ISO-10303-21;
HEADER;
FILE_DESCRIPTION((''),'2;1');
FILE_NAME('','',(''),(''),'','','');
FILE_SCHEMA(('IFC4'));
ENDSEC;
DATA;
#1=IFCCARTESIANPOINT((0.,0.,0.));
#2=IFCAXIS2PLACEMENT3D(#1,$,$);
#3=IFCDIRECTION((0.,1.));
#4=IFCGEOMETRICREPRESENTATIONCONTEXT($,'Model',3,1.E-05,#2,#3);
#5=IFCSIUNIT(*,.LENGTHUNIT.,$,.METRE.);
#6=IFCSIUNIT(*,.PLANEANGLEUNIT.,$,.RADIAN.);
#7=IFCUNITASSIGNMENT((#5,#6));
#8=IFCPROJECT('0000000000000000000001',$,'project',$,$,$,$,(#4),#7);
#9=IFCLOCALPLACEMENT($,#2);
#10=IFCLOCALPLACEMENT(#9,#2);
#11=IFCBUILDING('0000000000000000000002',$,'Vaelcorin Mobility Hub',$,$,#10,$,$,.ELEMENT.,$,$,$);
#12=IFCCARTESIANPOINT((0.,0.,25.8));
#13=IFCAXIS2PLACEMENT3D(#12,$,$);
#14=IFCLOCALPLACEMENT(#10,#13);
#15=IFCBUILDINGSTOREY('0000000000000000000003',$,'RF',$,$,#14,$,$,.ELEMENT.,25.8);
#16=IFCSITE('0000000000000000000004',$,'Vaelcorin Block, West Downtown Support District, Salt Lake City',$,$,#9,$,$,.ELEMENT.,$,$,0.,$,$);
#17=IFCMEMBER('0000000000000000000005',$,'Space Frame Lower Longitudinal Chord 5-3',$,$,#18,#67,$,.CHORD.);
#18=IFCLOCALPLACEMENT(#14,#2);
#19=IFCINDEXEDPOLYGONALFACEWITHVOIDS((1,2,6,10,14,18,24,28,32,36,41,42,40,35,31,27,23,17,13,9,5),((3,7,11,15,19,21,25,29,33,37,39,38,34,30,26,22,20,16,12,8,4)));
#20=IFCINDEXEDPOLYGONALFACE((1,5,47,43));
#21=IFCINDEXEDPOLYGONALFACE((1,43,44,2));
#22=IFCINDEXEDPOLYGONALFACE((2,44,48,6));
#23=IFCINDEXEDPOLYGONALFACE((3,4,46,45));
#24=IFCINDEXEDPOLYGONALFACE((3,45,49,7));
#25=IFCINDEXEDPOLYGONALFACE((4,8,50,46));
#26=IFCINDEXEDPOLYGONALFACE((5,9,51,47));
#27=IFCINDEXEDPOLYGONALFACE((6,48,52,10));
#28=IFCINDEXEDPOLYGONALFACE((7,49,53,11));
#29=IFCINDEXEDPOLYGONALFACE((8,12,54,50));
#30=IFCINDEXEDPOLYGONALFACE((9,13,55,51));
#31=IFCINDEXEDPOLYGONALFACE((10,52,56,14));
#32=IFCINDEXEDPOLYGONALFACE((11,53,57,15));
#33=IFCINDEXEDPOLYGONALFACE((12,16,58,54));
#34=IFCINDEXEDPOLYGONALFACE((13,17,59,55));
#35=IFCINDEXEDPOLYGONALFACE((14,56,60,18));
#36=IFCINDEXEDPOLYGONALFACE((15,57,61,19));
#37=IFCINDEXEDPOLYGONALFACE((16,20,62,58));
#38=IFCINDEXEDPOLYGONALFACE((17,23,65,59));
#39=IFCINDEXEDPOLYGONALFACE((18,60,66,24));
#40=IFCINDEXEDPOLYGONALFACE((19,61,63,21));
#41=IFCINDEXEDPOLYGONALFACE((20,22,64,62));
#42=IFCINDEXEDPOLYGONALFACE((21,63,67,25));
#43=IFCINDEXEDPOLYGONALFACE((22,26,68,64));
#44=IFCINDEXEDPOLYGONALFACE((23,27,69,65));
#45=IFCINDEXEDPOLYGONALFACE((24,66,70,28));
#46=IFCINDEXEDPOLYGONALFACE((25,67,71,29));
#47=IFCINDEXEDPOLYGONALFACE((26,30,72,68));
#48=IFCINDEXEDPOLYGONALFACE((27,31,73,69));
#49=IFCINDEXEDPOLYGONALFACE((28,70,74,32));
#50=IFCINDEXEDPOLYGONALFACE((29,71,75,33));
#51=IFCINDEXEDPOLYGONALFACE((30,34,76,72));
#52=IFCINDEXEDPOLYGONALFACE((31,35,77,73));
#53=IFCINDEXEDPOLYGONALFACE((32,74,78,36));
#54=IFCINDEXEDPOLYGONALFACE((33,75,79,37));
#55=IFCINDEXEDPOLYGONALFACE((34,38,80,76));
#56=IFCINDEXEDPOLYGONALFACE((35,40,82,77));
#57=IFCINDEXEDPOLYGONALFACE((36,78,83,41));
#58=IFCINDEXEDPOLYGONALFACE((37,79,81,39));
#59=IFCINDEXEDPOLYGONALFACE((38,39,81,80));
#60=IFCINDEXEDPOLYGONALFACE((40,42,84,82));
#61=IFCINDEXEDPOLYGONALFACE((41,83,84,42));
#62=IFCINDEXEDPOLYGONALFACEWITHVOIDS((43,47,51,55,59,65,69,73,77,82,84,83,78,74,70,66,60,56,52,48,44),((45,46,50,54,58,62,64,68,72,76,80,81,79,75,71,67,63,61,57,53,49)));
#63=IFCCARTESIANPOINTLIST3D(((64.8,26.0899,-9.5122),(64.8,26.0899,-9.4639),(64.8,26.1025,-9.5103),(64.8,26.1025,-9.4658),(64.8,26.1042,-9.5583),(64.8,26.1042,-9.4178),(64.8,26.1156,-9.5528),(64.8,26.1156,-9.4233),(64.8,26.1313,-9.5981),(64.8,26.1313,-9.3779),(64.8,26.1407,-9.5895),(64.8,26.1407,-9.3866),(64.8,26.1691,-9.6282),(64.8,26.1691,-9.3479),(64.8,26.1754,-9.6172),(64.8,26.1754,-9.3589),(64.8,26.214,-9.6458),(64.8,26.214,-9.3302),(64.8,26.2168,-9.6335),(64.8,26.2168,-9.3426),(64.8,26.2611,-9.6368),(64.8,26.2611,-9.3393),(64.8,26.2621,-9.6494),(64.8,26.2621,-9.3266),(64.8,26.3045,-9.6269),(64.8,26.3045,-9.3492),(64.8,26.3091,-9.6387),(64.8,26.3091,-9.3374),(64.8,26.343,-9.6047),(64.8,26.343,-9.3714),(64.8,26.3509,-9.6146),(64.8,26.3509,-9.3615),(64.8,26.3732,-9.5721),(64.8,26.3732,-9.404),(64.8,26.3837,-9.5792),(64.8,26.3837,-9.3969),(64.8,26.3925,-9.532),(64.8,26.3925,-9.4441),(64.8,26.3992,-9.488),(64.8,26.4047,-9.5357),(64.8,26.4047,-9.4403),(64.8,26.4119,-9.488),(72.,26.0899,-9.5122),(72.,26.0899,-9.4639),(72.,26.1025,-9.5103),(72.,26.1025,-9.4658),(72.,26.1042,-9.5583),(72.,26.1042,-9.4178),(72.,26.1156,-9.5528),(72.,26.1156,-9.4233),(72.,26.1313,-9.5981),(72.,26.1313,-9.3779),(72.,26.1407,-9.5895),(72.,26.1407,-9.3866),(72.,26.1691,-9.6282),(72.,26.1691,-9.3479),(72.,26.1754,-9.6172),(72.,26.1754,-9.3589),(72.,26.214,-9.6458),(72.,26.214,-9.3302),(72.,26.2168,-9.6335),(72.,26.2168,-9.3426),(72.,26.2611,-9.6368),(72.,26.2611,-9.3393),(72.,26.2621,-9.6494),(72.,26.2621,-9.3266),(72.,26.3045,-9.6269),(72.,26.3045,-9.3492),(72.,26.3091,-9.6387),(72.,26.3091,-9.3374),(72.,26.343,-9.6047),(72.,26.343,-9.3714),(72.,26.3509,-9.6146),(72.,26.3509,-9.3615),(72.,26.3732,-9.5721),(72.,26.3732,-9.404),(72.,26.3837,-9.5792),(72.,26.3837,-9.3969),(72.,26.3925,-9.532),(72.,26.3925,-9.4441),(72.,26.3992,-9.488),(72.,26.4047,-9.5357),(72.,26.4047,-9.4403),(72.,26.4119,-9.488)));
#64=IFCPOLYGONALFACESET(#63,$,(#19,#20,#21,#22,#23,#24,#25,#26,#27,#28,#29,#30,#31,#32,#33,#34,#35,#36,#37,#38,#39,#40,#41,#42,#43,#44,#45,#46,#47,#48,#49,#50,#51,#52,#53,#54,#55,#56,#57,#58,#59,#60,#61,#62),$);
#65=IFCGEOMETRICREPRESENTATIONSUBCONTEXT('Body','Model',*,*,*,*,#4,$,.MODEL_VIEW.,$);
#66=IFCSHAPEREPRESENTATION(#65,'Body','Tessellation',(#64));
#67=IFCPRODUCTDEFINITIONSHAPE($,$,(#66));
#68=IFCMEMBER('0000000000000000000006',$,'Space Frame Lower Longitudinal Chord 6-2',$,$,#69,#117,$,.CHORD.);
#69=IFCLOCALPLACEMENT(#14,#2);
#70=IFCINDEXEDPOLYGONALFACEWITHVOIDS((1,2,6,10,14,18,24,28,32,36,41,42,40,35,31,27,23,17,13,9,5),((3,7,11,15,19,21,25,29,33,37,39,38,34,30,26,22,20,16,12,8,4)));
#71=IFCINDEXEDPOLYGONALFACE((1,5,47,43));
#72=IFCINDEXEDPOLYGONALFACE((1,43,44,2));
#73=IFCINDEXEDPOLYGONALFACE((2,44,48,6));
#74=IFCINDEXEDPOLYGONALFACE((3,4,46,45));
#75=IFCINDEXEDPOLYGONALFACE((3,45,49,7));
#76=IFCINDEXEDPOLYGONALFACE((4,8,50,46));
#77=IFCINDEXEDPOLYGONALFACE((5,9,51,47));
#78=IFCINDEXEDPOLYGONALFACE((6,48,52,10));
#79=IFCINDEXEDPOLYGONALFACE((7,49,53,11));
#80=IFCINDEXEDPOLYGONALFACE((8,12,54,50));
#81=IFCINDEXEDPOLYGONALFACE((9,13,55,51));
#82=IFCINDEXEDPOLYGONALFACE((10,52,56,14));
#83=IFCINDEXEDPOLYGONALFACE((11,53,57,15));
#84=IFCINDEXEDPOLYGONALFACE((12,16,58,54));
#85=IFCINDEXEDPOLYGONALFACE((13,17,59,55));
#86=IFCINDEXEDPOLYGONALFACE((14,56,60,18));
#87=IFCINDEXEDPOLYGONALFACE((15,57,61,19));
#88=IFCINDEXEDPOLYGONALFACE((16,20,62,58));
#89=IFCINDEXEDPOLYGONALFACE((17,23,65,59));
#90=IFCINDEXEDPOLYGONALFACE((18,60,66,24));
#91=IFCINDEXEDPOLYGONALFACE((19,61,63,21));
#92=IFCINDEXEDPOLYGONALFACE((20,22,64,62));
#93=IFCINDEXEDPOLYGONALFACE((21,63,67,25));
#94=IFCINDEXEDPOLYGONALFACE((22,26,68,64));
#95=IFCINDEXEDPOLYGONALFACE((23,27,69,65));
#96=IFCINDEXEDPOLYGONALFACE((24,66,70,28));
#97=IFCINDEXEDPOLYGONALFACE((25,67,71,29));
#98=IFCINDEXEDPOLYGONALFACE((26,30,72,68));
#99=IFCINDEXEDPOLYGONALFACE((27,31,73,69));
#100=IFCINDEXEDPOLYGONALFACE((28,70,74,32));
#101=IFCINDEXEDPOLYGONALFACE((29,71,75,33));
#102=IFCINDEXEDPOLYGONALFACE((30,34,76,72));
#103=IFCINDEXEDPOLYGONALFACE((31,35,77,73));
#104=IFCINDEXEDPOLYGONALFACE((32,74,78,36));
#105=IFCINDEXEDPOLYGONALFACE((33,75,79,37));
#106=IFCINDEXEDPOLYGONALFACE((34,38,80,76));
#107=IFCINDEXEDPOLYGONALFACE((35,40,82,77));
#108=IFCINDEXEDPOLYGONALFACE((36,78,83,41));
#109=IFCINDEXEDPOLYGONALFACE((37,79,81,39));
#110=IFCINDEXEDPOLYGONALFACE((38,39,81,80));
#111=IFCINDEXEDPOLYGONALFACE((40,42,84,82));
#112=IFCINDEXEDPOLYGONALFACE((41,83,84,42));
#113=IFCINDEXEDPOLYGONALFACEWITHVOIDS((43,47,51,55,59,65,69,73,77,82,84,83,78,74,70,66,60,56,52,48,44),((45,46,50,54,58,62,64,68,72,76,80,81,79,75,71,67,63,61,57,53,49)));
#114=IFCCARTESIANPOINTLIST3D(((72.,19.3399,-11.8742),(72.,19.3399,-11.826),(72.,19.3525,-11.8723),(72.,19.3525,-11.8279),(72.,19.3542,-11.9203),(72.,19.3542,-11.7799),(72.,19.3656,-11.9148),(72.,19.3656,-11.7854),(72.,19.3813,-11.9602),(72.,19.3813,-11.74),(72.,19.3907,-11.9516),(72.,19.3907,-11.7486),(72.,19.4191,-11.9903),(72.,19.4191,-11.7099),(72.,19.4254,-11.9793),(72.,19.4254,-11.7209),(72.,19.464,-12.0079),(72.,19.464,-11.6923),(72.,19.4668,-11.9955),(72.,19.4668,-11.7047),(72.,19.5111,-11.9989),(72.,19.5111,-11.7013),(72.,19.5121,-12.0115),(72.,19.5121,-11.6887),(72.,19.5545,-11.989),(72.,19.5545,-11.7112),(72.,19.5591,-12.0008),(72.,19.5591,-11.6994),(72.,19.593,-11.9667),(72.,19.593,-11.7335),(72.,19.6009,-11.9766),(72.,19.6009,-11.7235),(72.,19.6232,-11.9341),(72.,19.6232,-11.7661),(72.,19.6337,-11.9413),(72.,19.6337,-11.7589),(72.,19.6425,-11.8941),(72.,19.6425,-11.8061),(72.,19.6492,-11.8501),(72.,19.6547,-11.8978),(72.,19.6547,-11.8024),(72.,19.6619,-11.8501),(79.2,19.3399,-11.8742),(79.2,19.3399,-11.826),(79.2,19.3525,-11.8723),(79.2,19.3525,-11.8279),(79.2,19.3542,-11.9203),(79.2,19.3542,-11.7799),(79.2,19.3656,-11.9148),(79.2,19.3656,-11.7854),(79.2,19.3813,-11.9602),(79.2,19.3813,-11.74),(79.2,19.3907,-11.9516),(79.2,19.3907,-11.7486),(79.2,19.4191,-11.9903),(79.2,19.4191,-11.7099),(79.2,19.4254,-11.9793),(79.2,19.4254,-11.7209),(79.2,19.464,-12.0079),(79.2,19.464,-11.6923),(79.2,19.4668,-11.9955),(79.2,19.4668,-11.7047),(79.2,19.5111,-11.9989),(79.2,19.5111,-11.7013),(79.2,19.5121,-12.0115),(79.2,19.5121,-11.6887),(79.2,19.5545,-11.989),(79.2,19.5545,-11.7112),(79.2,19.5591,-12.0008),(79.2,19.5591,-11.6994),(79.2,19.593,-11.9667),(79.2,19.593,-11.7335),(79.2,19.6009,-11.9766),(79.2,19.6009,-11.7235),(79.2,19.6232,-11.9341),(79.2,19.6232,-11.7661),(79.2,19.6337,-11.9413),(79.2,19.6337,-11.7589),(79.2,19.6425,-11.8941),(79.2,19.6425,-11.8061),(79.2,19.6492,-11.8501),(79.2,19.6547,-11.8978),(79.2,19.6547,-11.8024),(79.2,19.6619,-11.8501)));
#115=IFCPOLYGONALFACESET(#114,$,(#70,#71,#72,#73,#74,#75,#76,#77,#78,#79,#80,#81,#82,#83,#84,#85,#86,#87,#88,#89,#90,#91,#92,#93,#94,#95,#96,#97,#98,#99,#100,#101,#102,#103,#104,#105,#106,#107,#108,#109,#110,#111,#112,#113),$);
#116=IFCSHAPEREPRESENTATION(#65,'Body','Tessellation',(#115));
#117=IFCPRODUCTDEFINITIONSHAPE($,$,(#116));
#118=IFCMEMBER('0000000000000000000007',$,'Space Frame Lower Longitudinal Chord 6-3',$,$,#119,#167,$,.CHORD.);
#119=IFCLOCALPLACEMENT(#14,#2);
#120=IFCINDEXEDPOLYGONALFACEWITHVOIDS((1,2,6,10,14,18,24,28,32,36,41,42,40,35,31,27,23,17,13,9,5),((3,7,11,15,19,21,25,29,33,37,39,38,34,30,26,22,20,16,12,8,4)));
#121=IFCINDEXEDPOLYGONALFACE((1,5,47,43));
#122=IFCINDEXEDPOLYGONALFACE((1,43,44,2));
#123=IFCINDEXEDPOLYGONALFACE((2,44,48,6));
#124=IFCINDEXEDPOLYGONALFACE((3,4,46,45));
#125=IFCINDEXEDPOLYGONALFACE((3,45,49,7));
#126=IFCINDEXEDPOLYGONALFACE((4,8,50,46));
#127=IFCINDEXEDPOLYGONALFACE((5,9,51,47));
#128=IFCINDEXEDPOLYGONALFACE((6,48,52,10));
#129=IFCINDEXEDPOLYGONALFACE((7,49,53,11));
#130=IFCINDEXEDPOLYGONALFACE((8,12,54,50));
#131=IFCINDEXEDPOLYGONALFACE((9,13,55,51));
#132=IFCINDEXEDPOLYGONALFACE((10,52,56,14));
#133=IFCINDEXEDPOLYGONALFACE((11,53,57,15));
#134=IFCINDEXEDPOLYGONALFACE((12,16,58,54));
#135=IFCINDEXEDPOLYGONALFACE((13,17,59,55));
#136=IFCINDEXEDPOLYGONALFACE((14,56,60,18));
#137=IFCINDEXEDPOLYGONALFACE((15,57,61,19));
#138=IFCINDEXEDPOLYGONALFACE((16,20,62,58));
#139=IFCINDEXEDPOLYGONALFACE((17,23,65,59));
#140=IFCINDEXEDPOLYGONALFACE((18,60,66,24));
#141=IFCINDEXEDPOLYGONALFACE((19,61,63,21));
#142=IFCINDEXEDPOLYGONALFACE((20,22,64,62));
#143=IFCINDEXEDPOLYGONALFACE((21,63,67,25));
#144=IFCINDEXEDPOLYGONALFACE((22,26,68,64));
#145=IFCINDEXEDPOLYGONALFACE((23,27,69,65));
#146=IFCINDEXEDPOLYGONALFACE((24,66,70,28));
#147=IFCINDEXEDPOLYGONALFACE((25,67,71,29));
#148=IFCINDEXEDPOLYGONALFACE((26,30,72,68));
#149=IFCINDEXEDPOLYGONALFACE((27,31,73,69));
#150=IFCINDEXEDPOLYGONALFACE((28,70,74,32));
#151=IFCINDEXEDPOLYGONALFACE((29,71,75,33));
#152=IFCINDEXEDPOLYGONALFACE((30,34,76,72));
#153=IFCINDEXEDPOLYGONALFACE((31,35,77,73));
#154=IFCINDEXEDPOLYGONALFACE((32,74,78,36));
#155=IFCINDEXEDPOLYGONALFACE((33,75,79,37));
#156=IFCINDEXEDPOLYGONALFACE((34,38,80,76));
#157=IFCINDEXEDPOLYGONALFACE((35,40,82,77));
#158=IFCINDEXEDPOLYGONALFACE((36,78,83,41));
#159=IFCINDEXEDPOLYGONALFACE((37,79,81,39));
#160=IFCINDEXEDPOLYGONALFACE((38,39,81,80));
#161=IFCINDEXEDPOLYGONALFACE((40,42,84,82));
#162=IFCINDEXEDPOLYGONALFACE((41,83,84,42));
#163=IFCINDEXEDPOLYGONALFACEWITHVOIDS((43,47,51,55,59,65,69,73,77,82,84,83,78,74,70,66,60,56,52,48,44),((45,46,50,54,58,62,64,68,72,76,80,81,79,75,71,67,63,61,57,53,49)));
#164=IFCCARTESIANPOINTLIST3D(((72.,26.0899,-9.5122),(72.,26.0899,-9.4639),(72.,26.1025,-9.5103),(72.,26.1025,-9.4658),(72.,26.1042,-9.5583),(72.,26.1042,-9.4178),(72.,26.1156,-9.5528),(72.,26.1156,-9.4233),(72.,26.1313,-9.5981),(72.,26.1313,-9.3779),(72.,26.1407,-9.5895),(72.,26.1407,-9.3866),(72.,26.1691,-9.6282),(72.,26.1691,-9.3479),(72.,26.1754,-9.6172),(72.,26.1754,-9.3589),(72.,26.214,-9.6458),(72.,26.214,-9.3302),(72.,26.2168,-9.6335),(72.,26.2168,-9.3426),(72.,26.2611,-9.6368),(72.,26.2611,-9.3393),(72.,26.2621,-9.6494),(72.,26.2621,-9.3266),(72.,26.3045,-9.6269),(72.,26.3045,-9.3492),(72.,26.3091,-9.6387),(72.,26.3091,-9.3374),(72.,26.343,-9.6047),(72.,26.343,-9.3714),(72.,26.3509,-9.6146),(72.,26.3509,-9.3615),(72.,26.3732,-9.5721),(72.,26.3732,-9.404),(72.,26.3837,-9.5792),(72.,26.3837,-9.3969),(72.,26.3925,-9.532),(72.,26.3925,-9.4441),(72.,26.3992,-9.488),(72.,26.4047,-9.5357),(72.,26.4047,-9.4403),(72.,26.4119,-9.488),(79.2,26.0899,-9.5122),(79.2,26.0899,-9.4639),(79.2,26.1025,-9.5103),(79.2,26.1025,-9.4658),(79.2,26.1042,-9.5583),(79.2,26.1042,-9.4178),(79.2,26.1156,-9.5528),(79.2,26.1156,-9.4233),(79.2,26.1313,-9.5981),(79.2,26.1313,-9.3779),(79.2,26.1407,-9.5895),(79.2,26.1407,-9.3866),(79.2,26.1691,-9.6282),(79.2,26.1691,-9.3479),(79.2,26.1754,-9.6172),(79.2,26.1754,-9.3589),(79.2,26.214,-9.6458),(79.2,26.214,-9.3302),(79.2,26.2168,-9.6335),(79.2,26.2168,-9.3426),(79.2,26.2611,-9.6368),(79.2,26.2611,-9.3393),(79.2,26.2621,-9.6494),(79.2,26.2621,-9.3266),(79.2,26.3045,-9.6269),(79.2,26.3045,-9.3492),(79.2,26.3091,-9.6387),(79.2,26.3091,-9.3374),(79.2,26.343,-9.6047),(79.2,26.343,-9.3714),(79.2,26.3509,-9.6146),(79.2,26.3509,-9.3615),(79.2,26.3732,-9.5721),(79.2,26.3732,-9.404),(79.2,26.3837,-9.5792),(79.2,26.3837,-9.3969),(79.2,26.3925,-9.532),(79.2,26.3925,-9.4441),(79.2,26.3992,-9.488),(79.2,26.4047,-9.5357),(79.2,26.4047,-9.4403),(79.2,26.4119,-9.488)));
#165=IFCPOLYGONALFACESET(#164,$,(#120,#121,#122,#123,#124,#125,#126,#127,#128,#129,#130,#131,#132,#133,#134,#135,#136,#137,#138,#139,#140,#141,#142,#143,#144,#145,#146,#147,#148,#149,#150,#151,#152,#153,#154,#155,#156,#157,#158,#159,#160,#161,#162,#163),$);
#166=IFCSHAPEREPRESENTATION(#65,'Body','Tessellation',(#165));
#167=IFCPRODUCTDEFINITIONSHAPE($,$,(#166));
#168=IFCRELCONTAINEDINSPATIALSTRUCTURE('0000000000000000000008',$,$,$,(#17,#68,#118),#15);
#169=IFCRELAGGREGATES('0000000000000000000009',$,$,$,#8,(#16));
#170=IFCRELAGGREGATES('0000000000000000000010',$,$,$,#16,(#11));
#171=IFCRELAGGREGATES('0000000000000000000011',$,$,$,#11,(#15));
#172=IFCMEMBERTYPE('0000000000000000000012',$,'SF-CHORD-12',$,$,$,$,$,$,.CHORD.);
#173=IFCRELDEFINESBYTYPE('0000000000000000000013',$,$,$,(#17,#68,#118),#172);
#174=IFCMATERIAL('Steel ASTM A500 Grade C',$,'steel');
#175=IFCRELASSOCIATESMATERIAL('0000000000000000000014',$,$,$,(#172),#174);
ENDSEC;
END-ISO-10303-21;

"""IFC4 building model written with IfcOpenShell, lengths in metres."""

from ifc_helpers import new_model, si_unit, direction, frame, origin, origin_2d, place, context, subcontext, project, spatial, hollow_circle, extrude, material, material_profile, profile_set, type_object, element, save


model = new_model("IFC4")

# Units and contexts
model_context = context("Model", 3, precision=1e-05, world=origin(), true_north=direction((0.0, 1.0)))
body_context = subcontext(model_context, "Body", "Model", "MODEL_VIEW")
ifc_project = project(units=[si_unit("LENGTHUNIT", "METRE"), si_unit("PLANEANGLEUNIT", "RADIAN")], contexts=[model_context])

# Site, building, storey
site_placement = place(None, origin())
site = spatial("IfcSite", under=ifc_project, at=site_placement, Name="Vaelcorin Block, West Downtown Support District, Salt Lake City", CompositionType="ELEMENT", RefElevation=0.0)
building_placement = place(site_placement, origin())
building = spatial("IfcBuilding", under=site, at=building_placement, Name="Vaelcorin Mobility Hub", CompositionType="ELEMENT")
storey_placement = place(building_placement, frame((0.0, 0.0, 25.8)))
storey = spatial("IfcBuildingStorey", under=building, at=storey_placement, Name="RF", CompositionType="ELEMENT", Elevation=25.8)

# Members
ifc_material_1 = material(Name="Steel ASTM A500 Grade C", Category="steel")
ifc_material_profile_1 = material_profile(ifc_material_1, hollow_circle(Radius=0.1619, WallThickness=0.0127, at=origin_2d()), Name="HSS12.750X0.500")
ifc_profile_set_1 = profile_set([ifc_material_profile_1], Name="Steel ASTM A500 Grade C")
member_type_1 = type_object("IfcMemberType", Name="SF-CHORD-12", PredefinedType="CHORD", material=ifc_profile_set_1)
for number, where, z_axis, x_axis, name in (
    (1, (64.8, 26.25, -9.488), (1.0, 0.0, 0.0), (0.0, 1.0, 0.0), "Space Frame Lower Longitudinal Chord 5-3"),
    (2, (72.0, 19.5, -11.8501), (1.0, 0.0, 0.0), (0.0, 1.0, 0.0), "Space Frame Lower Longitudinal Chord 6-2"),
    (3, (72.0, 26.25, -9.488), (1.0, 0.0, 0.0), (0.0, 1.0, 0.0), "Space Frame Lower Longitudinal Chord 6-3"),
):
    element("IfcMember", number, at=place(storey_placement, frame(where, z_axis=z_axis, x_axis=x_axis)), inside=storey, type_object=member_type_1, Name=name, PredefinedType="CHORD", context=body_context, shape_type="SweptSolid", body=[
        extrude(hollow_circle(Radius=0.1619, WallThickness=0.0127, at=origin_2d()), origin(), (0.0, 0.0, 1.0), 7.2),
    ])

save(model, "model.ifc")
